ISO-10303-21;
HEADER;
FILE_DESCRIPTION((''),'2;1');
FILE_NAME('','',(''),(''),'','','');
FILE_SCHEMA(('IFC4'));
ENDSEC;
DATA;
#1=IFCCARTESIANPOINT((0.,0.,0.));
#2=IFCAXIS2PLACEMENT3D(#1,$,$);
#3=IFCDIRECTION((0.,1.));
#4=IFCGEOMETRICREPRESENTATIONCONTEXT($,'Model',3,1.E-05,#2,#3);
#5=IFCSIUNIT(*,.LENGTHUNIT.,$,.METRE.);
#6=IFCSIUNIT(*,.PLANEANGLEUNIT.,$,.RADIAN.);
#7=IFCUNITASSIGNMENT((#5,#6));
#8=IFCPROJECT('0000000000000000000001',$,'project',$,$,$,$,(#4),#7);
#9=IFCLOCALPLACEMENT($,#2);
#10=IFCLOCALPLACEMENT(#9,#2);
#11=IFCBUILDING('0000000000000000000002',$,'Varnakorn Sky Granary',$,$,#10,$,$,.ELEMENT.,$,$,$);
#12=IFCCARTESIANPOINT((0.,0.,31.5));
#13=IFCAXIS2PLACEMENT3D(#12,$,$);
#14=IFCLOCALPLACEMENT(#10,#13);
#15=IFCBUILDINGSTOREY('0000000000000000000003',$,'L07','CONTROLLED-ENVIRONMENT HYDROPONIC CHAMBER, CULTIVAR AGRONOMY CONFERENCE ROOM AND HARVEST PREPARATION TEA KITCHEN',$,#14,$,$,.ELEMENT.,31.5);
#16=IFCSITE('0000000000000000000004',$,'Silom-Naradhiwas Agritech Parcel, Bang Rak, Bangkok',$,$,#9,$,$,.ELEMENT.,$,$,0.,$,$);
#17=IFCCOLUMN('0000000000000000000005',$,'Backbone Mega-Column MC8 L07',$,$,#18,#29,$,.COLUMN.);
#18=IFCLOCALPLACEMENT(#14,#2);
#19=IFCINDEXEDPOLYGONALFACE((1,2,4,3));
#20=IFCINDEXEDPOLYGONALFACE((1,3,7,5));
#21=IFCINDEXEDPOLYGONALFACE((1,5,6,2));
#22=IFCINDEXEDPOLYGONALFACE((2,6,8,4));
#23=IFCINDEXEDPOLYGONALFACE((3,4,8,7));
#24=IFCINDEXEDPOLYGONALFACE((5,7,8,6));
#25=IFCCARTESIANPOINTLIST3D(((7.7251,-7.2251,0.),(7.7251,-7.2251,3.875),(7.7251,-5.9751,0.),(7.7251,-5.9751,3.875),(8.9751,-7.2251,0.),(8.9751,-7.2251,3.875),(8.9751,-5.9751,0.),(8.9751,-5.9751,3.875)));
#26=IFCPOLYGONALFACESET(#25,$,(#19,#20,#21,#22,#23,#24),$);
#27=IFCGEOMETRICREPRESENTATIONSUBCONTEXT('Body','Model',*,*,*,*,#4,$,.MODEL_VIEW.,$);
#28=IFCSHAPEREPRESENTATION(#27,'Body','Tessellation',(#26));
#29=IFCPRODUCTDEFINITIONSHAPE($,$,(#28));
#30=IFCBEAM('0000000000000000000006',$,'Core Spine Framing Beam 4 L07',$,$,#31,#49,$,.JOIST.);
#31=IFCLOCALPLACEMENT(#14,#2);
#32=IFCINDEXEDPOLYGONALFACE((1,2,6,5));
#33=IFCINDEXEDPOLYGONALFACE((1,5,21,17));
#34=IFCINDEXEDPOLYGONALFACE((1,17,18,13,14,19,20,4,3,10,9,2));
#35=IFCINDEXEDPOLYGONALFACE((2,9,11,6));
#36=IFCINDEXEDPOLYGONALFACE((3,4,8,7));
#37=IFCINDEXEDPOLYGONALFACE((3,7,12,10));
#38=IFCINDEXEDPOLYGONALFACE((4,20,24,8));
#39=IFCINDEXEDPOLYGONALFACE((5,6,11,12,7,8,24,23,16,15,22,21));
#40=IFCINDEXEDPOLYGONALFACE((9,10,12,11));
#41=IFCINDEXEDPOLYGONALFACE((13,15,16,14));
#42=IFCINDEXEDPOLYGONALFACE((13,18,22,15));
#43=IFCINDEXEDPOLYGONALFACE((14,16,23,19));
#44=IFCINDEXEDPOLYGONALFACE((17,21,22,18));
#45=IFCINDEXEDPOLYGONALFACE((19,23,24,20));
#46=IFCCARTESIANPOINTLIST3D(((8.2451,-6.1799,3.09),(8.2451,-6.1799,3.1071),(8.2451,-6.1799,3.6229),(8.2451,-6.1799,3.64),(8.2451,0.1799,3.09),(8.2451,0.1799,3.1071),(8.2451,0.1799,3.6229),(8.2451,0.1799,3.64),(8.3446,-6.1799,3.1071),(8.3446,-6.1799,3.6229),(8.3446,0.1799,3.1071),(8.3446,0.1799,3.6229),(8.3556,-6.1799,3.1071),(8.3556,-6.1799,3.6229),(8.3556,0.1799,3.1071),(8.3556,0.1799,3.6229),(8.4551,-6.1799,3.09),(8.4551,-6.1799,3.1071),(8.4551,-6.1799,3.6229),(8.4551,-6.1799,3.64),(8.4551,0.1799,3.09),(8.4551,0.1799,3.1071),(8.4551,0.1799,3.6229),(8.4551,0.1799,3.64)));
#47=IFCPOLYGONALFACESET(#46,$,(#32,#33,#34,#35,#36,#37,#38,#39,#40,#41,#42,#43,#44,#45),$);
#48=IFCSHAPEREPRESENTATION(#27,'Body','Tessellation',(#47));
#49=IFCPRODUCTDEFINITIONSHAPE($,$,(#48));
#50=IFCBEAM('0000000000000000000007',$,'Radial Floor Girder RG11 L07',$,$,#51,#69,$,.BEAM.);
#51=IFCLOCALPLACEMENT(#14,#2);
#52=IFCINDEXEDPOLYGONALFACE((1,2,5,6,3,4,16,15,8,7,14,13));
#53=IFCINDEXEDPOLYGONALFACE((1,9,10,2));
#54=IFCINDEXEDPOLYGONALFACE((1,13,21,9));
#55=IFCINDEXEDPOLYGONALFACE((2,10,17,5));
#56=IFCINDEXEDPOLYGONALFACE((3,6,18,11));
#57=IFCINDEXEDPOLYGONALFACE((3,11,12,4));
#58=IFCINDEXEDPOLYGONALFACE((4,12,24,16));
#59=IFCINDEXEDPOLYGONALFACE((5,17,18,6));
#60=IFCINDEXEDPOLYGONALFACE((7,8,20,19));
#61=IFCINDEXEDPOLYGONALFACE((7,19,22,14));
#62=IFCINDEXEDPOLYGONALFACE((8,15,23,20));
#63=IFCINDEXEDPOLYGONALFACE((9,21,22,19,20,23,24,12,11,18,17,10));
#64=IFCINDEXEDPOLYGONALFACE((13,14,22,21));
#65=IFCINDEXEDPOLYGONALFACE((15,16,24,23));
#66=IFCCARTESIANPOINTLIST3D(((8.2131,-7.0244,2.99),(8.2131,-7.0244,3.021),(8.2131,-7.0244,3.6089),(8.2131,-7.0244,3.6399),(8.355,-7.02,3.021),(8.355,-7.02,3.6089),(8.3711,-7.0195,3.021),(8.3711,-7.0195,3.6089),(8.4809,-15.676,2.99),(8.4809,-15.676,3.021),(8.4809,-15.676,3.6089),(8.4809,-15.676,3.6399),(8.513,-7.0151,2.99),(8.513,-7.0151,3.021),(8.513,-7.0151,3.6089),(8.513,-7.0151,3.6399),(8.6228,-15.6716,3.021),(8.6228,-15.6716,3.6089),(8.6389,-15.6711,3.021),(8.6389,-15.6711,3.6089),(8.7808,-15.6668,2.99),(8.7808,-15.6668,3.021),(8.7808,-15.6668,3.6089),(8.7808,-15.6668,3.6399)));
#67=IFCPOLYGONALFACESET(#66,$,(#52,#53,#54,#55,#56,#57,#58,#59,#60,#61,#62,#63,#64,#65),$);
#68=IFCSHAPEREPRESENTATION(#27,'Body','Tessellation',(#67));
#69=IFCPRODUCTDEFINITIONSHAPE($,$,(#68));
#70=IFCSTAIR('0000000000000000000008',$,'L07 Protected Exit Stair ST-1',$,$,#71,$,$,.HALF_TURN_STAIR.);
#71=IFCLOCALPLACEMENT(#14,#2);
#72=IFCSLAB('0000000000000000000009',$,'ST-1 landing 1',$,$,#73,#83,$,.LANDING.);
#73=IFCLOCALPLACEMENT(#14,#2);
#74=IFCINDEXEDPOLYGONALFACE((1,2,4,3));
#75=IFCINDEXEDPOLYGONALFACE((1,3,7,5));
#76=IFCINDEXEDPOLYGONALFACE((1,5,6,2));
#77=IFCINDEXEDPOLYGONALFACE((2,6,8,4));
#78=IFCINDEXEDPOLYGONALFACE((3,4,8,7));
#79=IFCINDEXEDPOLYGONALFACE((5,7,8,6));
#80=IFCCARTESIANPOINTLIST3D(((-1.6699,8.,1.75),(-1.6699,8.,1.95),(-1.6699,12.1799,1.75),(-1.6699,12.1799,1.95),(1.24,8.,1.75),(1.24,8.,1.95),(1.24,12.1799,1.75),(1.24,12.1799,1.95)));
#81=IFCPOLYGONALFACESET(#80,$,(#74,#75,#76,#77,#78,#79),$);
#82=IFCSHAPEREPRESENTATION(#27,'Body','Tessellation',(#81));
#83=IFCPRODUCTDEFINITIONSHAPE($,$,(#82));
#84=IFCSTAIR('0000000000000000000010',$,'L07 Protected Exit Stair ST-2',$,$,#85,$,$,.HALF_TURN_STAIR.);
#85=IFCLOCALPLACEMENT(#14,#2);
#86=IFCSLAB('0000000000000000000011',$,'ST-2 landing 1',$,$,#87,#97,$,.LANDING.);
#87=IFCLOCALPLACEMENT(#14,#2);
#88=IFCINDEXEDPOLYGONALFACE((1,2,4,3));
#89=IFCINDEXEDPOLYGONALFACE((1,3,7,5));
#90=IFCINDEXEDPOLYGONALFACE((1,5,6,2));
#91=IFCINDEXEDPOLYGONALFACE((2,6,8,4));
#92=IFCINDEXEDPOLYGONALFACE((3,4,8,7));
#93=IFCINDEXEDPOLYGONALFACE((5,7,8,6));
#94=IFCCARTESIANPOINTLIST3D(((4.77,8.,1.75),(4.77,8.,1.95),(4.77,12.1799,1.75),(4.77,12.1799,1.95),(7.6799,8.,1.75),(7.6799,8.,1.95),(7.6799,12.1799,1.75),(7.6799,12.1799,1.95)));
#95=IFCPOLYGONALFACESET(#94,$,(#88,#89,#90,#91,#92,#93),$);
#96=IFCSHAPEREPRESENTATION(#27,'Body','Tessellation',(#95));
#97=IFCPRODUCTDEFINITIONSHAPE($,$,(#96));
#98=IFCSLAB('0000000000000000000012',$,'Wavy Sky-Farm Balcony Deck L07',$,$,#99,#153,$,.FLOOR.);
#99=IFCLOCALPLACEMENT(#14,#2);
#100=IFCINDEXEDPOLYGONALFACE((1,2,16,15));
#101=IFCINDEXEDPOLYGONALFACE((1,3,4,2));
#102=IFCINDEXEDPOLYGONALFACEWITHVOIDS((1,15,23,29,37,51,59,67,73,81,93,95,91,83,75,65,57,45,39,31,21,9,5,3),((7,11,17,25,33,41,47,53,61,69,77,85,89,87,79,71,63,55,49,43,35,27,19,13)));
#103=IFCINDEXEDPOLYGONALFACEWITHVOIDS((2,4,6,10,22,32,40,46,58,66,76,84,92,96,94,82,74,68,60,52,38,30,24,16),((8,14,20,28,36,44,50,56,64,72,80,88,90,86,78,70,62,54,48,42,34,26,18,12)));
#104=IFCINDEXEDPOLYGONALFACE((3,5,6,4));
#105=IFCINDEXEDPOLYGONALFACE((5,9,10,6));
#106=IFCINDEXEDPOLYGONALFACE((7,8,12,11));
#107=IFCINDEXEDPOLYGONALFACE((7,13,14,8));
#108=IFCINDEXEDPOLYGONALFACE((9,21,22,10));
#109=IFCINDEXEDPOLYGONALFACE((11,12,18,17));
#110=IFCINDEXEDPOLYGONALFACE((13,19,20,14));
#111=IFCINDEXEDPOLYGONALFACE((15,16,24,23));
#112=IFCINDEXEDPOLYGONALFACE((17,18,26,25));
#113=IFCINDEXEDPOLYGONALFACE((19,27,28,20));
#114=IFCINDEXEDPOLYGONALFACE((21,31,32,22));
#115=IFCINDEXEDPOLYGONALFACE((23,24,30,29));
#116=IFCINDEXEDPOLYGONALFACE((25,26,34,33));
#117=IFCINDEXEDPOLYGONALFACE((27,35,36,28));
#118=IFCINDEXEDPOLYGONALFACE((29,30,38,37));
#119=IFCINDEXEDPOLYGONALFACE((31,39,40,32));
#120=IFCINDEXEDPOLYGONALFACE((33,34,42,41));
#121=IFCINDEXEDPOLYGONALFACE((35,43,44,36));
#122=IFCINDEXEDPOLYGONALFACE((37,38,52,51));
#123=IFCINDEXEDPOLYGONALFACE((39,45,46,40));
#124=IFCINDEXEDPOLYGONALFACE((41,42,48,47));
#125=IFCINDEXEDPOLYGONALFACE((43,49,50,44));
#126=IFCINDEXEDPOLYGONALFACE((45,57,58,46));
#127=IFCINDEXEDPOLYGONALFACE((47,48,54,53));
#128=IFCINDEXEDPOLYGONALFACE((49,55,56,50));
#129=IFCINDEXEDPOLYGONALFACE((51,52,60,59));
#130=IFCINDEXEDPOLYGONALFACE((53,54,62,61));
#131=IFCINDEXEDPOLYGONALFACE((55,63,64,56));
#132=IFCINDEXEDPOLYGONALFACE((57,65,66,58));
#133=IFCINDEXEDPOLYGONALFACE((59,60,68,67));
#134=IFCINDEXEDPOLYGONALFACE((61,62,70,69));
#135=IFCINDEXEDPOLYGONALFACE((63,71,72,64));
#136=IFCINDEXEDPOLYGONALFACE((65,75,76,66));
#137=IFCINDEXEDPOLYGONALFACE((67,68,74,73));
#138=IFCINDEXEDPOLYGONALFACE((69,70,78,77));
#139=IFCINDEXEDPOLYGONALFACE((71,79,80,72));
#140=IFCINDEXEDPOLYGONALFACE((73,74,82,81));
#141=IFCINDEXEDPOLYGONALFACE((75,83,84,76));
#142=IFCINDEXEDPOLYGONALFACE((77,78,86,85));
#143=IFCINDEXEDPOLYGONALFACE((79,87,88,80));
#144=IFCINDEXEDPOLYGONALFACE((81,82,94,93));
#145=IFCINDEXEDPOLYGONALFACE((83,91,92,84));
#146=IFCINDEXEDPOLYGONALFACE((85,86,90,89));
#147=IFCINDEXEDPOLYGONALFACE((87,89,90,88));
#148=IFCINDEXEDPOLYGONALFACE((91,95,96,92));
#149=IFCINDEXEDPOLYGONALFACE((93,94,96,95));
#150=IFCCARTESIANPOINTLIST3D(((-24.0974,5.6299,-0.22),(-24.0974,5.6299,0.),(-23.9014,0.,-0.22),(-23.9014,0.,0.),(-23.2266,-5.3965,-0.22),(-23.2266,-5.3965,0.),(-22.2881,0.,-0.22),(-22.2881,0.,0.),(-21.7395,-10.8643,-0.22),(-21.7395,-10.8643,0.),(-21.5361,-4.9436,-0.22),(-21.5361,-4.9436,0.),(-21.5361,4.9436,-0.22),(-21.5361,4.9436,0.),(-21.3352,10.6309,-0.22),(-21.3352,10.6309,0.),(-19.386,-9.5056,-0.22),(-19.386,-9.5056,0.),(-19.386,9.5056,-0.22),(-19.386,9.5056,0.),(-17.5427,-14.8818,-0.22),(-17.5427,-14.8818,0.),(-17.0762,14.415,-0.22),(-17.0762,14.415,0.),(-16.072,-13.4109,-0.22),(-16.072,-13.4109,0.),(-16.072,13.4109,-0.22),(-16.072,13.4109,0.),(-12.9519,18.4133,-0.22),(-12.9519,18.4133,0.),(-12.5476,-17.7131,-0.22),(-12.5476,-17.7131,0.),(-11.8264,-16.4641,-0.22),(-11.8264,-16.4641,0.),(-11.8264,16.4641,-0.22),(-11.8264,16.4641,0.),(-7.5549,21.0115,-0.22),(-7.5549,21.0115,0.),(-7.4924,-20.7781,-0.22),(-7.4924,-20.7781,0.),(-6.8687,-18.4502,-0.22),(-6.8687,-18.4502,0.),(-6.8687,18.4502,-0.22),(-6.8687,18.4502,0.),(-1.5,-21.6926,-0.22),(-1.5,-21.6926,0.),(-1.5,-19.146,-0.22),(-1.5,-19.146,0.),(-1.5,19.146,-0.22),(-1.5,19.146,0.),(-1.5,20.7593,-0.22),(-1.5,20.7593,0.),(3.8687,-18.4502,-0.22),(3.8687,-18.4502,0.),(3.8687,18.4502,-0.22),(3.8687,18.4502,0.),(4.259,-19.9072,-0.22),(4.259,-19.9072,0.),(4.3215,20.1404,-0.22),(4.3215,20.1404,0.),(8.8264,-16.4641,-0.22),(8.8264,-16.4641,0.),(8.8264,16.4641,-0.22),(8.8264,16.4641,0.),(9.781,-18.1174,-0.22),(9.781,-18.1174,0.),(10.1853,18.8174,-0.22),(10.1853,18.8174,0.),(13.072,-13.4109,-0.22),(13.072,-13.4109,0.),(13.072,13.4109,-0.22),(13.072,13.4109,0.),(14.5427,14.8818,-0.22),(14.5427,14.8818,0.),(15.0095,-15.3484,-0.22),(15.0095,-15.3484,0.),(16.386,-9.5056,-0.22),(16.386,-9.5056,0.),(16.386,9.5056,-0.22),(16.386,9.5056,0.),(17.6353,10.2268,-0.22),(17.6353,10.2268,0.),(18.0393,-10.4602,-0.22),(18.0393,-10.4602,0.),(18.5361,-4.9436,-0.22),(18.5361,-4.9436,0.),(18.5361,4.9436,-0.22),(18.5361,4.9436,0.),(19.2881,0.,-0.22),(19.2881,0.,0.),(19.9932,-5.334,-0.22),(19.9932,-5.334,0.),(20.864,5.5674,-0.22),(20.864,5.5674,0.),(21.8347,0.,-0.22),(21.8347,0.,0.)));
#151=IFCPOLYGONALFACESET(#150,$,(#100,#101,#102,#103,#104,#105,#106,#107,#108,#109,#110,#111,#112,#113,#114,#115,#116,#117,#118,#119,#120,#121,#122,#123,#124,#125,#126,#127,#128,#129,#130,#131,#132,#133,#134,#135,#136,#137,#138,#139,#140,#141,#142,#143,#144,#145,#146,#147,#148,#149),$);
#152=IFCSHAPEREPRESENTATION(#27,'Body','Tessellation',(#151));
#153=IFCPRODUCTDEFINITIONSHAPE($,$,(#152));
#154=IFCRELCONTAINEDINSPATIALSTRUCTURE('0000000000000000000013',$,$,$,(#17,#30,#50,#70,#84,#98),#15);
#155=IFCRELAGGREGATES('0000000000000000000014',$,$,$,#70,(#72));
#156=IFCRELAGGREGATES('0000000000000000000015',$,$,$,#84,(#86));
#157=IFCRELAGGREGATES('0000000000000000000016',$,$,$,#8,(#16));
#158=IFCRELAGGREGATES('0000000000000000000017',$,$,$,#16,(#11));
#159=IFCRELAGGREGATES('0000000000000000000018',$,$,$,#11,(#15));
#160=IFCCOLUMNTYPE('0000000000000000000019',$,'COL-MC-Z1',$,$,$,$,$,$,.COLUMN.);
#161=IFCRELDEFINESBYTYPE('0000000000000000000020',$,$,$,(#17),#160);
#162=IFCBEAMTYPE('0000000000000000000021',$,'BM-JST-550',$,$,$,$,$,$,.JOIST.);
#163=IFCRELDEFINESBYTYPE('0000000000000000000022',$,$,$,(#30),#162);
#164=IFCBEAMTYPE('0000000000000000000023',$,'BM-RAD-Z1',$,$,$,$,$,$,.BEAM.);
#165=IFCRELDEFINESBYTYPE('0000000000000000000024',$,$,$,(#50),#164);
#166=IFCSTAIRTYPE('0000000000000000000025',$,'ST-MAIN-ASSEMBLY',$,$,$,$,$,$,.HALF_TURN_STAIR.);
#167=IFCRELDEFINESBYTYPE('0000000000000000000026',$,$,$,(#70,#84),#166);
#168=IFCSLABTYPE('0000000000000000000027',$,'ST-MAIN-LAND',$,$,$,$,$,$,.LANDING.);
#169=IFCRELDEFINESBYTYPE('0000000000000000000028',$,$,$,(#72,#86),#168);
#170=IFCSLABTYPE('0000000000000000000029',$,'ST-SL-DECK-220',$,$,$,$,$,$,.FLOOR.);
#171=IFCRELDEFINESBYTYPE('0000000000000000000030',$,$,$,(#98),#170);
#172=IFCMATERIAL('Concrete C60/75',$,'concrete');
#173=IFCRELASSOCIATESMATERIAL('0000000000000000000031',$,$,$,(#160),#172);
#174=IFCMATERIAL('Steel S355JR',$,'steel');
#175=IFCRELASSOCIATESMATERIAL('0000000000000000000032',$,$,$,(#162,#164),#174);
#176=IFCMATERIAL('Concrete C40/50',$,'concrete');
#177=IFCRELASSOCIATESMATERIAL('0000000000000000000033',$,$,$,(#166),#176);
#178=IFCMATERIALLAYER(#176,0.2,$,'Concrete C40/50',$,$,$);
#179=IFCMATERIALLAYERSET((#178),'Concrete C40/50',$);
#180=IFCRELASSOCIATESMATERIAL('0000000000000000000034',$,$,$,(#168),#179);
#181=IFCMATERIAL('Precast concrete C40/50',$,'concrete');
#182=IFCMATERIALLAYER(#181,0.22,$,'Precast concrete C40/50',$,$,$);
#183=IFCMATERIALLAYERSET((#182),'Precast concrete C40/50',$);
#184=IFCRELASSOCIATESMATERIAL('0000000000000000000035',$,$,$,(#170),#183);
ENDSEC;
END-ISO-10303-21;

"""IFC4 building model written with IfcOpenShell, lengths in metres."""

from ifc_helpers import new_model, si_unit, direction, frame, origin, origin_2d, place, context, subcontext, project, spatial, polyline, rectangle, i_section, outline, extrude, material, layer, layer_set, material_profile, profile_set, type_object, element, aggregate, save


model = new_model("IFC4")

# Units and contexts
model_context = context("Model", 3, precision=1e-05, world=origin(), true_north=direction((0.0, 1.0)))
body_context = subcontext(model_context, "Body", "Model", "MODEL_VIEW")
ifc_project = project(units=[si_unit("LENGTHUNIT", "METRE"), si_unit("PLANEANGLEUNIT", "RADIAN")], contexts=[model_context])

# Site, building, storey
site_placement = place(None, origin())
site = spatial("IfcSite", under=ifc_project, at=site_placement, Name="Silom-Naradhiwas Agritech Parcel, Bang Rak, Bangkok", CompositionType="ELEMENT", RefElevation=0.0)
building_placement = place(site_placement, origin())
building = spatial("IfcBuilding", under=site, at=building_placement, Name="Varnakorn Sky Granary", CompositionType="ELEMENT")
storey_placement = place(building_placement, frame((0.0, 0.0, 31.5)))
storey = spatial("IfcBuildingStorey", under=building, at=storey_placement, Name="L07", Description="CONTROLLED-ENVIRONMENT HYDROPONIC CHAMBER, CULTIVAR AGRONOMY CONFERENCE ROOM AND HARVEST PREPARATION TEA KITCHEN", CompositionType="ELEMENT", Elevation=31.5)

# Column
ifc_material_1 = material(Name="Concrete C60/75", Category="concrete")
ifc_material_profile_1 = material_profile(ifc_material_1, rectangle(XDim=1.25, YDim=1.25, at=origin_2d()), Name="RC 1250x1250")
ifc_profile_set_1 = profile_set([ifc_material_profile_1], Name="Concrete C60/75")
column_type = type_object("IfcColumnType", Name="COL-MC-Z1", PredefinedType="COLUMN", material=ifc_profile_set_1)
column_placement = place(storey_placement, frame((8.3501, -6.6001, 0.0), z_axis=(0.0, 0.0, 1.0), x_axis=(1.0, 0.0, 0.0)))
element("IfcColumn", 1, at=column_placement, inside=storey, type_object=column_type, Name="Backbone Mega-Column MC8 L07", PredefinedType="COLUMN", context=body_context, shape_type="SweptSolid", body=[
    extrude(rectangle(XDim=1.25, YDim=1.25, at=origin_2d()), origin(), (0.0, 0.0, 1.0), 3.875),
])

# Beams
ifc_material_2 = material(Name="Steel S355JR", Category="steel")
ifc_material_profile_2 = material_profile(ifc_material_2, i_section(OverallWidth=0.21, OverallDepth=0.55, WebThickness=0.011, FlangeThickness=0.0171, at=origin_2d()), Name="IPE 550")
ifc_profile_set_2 = profile_set([ifc_material_profile_2], Name="Steel S355JR")
beam_type_1 = type_object("IfcBeamType", Name="BM-JST-550", PredefinedType="JOIST", material=ifc_profile_set_2)
beam_1_placement = place(storey_placement, frame((8.3501, 0.1799, 3.365), z_axis=(0.0, -1.0, 0.0), x_axis=(1.0, 0.0, 0.0)))
element("IfcBeam", 2, at=beam_1_placement, inside=storey, type_object=beam_type_1, Name="Core Spine Framing Beam 4 L07", PredefinedType="JOIST", context=body_context, shape_type="SweptSolid", body=[
    extrude(i_section(OverallWidth=0.21, OverallDepth=0.55, WebThickness=0.011, FlangeThickness=0.0171, at=origin_2d()), origin(), (0.0, 0.0, 1.0), 6.3599),
])
ifc_material_profile_3 = material_profile(ifc_material_2, i_section(OverallWidth=0.3, OverallDepth=0.6499, WebThickness=0.0161, FlangeThickness=0.031, at=origin_2d()), Name="HE 650 B")
ifc_profile_set_3 = profile_set([ifc_material_profile_3], Name="Steel S355JR")
beam_type_2 = type_object("IfcBeamType", Name="BM-RAD-Z1", PredefinedType="BEAM", material=ifc_profile_set_3)
beam_2_placement = place(storey_placement, frame((8.363, -7.0198, 3.3149), z_axis=(0.030942, -0.999521, 0.0), x_axis=(0.999521, 0.030942, 0.0)))
element("IfcBeam", 3, at=beam_2_placement, inside=storey, type_object=beam_type_2, Name="Radial Floor Girder RG11 L07", PredefinedType="BEAM", context=body_context, shape_type="SweptSolid", body=[
    extrude(i_section(OverallWidth=0.3, OverallDepth=0.6499, WebThickness=0.0161, FlangeThickness=0.031, at=origin_2d()), origin(), (0.0, 0.0, 1.0), 8.6558),
])

# Stairs, slabs
ifc_material_3 = material(Name="Concrete C40/50", Category="concrete")
stair_type = type_object("IfcStairType", Name="ST-MAIN-ASSEMBLY", PredefinedType="HALF_TURN_STAIR", material=ifc_material_3)
stair_1_placement = place(storey_placement, origin())
stair_1 = element("IfcStair", 4, at=stair_1_placement, inside=storey, type_object=stair_type, Name="L07 Protected Exit Stair ST-1", PredefinedType="HALF_TURN_STAIR")
ifc_layer_1 = layer(ifc_material_3, 0.2, Name="Concrete C40/50")
ifc_layer_set_1 = layer_set([ifc_layer_1], Name="Concrete C40/50")
slab_type_1 = type_object("IfcSlabType", Name="ST-MAIN-LAND", PredefinedType="LANDING", material=ifc_layer_set_1)
slab_1_placement = place(storey_placement, frame((0.0, 0.0, 1.75)))
slab_1 = element("IfcSlab", 5, at=slab_1_placement, type_object=slab_type_1, Name="ST-1 landing 1", PredefinedType="LANDING", context=body_context, shape_type="SweptSolid", body=[
    extrude(outline(polyline([(1.24, 8.0), (1.24, 12.1799), (-1.6699, 12.1799), (-1.6699, 8.0), (1.24, 8.0)])), origin(), (0.0, 0.0, 1.0), 0.2),
])
aggregate(stair_1, [slab_1])
stair_2_placement = place(storey_placement, origin())
stair_2 = element("IfcStair", 6, at=stair_2_placement, inside=storey, type_object=stair_type, Name="L07 Protected Exit Stair ST-2", PredefinedType="HALF_TURN_STAIR")
slab_2_placement = place(storey_placement, frame((0.0, 0.0, 1.75)))
slab_2 = element("IfcSlab", 7, at=slab_2_placement, type_object=slab_type_1, Name="ST-2 landing 1", PredefinedType="LANDING", context=body_context, shape_type="SweptSolid", body=[
    extrude(outline(polyline([(7.6799, 8.0), (7.6799, 12.1799), (4.77, 12.1799), (4.77, 8.0), (7.6799, 8.0)])), origin(), (0.0, 0.0, 1.0), 0.2),
])
aggregate(stair_2, [slab_2])

# Slab
ifc_material_4 = material(Name="Precast concrete C40/50", Category="concrete")
ifc_layer_2 = layer(ifc_material_4, 0.22, Name="Precast concrete C40/50")
ifc_layer_set_2 = layer_set([ifc_layer_2], Name="Precast concrete C40/50")
slab_type_2 = type_object("IfcSlabType", Name="ST-SL-DECK-220", PredefinedType="FLOOR", material=ifc_layer_set_2)
slab_3_placement = place(storey_placement, frame((0.0, 0.0, -0.22)))
element("IfcSlab", 8, at=slab_3_placement, inside=storey, type_object=slab_type_2, Name="Wavy Sky-Farm Balcony Deck L07", PredefinedType="FLOOR", context=body_context, shape_type="SweptSolid", body=[
    extrude(outline(polyline([(21.8347, 0.0), (20.864, 5.5674), (17.6353, 10.2268), (14.5427, 14.8818), (10.1853, 18.8174), (4.3215, 20.1404), (-1.5, 20.7593), (-7.5549, 21.0115), (-12.9519, 18.4133), (-17.0762, 14.415), (-21.3352, 10.6309), (-24.0974, 5.6299), (-23.9014, 0.0), (-23.2266, -5.3965), (-21.7395, -10.8643), (-17.5427, -14.8818), (-12.5476, -17.7131), (-7.4924, -20.7781), (-1.5, -21.6926), (4.259, -19.9072), (9.781, -18.1174), (15.0095, -15.3484), (18.0393, -10.4602), (19.9932, -5.334), (21.8347, 0.0)]), holes=[polyline([(19.2881, 0.0), (18.5361, 4.9436), (16.386, 9.5056), (13.072, 13.4109), (8.8264, 16.4641), (3.8687, 18.4502), (-1.5, 19.146), (-6.8687, 18.4502), (-11.8264, 16.4641), (-16.072, 13.4109), (-19.386, 9.5056), (-21.5361, 4.9436), (-22.2881, 0.0), (-21.5361, -4.9436), (-19.386, -9.5056), (-16.072, -13.4109), (-11.8264, -16.4641), (-6.8687, -18.4502), (-1.5, -19.146), (3.8687, -18.4502), (8.8264, -16.4641), (13.072, -13.4109), (16.386, -9.5056), (18.5361, -4.9436), (19.2881, 0.0)])]), origin(), (0.0, 0.0, 1.0), 0.22),
])

save(model, "model.ifc")
